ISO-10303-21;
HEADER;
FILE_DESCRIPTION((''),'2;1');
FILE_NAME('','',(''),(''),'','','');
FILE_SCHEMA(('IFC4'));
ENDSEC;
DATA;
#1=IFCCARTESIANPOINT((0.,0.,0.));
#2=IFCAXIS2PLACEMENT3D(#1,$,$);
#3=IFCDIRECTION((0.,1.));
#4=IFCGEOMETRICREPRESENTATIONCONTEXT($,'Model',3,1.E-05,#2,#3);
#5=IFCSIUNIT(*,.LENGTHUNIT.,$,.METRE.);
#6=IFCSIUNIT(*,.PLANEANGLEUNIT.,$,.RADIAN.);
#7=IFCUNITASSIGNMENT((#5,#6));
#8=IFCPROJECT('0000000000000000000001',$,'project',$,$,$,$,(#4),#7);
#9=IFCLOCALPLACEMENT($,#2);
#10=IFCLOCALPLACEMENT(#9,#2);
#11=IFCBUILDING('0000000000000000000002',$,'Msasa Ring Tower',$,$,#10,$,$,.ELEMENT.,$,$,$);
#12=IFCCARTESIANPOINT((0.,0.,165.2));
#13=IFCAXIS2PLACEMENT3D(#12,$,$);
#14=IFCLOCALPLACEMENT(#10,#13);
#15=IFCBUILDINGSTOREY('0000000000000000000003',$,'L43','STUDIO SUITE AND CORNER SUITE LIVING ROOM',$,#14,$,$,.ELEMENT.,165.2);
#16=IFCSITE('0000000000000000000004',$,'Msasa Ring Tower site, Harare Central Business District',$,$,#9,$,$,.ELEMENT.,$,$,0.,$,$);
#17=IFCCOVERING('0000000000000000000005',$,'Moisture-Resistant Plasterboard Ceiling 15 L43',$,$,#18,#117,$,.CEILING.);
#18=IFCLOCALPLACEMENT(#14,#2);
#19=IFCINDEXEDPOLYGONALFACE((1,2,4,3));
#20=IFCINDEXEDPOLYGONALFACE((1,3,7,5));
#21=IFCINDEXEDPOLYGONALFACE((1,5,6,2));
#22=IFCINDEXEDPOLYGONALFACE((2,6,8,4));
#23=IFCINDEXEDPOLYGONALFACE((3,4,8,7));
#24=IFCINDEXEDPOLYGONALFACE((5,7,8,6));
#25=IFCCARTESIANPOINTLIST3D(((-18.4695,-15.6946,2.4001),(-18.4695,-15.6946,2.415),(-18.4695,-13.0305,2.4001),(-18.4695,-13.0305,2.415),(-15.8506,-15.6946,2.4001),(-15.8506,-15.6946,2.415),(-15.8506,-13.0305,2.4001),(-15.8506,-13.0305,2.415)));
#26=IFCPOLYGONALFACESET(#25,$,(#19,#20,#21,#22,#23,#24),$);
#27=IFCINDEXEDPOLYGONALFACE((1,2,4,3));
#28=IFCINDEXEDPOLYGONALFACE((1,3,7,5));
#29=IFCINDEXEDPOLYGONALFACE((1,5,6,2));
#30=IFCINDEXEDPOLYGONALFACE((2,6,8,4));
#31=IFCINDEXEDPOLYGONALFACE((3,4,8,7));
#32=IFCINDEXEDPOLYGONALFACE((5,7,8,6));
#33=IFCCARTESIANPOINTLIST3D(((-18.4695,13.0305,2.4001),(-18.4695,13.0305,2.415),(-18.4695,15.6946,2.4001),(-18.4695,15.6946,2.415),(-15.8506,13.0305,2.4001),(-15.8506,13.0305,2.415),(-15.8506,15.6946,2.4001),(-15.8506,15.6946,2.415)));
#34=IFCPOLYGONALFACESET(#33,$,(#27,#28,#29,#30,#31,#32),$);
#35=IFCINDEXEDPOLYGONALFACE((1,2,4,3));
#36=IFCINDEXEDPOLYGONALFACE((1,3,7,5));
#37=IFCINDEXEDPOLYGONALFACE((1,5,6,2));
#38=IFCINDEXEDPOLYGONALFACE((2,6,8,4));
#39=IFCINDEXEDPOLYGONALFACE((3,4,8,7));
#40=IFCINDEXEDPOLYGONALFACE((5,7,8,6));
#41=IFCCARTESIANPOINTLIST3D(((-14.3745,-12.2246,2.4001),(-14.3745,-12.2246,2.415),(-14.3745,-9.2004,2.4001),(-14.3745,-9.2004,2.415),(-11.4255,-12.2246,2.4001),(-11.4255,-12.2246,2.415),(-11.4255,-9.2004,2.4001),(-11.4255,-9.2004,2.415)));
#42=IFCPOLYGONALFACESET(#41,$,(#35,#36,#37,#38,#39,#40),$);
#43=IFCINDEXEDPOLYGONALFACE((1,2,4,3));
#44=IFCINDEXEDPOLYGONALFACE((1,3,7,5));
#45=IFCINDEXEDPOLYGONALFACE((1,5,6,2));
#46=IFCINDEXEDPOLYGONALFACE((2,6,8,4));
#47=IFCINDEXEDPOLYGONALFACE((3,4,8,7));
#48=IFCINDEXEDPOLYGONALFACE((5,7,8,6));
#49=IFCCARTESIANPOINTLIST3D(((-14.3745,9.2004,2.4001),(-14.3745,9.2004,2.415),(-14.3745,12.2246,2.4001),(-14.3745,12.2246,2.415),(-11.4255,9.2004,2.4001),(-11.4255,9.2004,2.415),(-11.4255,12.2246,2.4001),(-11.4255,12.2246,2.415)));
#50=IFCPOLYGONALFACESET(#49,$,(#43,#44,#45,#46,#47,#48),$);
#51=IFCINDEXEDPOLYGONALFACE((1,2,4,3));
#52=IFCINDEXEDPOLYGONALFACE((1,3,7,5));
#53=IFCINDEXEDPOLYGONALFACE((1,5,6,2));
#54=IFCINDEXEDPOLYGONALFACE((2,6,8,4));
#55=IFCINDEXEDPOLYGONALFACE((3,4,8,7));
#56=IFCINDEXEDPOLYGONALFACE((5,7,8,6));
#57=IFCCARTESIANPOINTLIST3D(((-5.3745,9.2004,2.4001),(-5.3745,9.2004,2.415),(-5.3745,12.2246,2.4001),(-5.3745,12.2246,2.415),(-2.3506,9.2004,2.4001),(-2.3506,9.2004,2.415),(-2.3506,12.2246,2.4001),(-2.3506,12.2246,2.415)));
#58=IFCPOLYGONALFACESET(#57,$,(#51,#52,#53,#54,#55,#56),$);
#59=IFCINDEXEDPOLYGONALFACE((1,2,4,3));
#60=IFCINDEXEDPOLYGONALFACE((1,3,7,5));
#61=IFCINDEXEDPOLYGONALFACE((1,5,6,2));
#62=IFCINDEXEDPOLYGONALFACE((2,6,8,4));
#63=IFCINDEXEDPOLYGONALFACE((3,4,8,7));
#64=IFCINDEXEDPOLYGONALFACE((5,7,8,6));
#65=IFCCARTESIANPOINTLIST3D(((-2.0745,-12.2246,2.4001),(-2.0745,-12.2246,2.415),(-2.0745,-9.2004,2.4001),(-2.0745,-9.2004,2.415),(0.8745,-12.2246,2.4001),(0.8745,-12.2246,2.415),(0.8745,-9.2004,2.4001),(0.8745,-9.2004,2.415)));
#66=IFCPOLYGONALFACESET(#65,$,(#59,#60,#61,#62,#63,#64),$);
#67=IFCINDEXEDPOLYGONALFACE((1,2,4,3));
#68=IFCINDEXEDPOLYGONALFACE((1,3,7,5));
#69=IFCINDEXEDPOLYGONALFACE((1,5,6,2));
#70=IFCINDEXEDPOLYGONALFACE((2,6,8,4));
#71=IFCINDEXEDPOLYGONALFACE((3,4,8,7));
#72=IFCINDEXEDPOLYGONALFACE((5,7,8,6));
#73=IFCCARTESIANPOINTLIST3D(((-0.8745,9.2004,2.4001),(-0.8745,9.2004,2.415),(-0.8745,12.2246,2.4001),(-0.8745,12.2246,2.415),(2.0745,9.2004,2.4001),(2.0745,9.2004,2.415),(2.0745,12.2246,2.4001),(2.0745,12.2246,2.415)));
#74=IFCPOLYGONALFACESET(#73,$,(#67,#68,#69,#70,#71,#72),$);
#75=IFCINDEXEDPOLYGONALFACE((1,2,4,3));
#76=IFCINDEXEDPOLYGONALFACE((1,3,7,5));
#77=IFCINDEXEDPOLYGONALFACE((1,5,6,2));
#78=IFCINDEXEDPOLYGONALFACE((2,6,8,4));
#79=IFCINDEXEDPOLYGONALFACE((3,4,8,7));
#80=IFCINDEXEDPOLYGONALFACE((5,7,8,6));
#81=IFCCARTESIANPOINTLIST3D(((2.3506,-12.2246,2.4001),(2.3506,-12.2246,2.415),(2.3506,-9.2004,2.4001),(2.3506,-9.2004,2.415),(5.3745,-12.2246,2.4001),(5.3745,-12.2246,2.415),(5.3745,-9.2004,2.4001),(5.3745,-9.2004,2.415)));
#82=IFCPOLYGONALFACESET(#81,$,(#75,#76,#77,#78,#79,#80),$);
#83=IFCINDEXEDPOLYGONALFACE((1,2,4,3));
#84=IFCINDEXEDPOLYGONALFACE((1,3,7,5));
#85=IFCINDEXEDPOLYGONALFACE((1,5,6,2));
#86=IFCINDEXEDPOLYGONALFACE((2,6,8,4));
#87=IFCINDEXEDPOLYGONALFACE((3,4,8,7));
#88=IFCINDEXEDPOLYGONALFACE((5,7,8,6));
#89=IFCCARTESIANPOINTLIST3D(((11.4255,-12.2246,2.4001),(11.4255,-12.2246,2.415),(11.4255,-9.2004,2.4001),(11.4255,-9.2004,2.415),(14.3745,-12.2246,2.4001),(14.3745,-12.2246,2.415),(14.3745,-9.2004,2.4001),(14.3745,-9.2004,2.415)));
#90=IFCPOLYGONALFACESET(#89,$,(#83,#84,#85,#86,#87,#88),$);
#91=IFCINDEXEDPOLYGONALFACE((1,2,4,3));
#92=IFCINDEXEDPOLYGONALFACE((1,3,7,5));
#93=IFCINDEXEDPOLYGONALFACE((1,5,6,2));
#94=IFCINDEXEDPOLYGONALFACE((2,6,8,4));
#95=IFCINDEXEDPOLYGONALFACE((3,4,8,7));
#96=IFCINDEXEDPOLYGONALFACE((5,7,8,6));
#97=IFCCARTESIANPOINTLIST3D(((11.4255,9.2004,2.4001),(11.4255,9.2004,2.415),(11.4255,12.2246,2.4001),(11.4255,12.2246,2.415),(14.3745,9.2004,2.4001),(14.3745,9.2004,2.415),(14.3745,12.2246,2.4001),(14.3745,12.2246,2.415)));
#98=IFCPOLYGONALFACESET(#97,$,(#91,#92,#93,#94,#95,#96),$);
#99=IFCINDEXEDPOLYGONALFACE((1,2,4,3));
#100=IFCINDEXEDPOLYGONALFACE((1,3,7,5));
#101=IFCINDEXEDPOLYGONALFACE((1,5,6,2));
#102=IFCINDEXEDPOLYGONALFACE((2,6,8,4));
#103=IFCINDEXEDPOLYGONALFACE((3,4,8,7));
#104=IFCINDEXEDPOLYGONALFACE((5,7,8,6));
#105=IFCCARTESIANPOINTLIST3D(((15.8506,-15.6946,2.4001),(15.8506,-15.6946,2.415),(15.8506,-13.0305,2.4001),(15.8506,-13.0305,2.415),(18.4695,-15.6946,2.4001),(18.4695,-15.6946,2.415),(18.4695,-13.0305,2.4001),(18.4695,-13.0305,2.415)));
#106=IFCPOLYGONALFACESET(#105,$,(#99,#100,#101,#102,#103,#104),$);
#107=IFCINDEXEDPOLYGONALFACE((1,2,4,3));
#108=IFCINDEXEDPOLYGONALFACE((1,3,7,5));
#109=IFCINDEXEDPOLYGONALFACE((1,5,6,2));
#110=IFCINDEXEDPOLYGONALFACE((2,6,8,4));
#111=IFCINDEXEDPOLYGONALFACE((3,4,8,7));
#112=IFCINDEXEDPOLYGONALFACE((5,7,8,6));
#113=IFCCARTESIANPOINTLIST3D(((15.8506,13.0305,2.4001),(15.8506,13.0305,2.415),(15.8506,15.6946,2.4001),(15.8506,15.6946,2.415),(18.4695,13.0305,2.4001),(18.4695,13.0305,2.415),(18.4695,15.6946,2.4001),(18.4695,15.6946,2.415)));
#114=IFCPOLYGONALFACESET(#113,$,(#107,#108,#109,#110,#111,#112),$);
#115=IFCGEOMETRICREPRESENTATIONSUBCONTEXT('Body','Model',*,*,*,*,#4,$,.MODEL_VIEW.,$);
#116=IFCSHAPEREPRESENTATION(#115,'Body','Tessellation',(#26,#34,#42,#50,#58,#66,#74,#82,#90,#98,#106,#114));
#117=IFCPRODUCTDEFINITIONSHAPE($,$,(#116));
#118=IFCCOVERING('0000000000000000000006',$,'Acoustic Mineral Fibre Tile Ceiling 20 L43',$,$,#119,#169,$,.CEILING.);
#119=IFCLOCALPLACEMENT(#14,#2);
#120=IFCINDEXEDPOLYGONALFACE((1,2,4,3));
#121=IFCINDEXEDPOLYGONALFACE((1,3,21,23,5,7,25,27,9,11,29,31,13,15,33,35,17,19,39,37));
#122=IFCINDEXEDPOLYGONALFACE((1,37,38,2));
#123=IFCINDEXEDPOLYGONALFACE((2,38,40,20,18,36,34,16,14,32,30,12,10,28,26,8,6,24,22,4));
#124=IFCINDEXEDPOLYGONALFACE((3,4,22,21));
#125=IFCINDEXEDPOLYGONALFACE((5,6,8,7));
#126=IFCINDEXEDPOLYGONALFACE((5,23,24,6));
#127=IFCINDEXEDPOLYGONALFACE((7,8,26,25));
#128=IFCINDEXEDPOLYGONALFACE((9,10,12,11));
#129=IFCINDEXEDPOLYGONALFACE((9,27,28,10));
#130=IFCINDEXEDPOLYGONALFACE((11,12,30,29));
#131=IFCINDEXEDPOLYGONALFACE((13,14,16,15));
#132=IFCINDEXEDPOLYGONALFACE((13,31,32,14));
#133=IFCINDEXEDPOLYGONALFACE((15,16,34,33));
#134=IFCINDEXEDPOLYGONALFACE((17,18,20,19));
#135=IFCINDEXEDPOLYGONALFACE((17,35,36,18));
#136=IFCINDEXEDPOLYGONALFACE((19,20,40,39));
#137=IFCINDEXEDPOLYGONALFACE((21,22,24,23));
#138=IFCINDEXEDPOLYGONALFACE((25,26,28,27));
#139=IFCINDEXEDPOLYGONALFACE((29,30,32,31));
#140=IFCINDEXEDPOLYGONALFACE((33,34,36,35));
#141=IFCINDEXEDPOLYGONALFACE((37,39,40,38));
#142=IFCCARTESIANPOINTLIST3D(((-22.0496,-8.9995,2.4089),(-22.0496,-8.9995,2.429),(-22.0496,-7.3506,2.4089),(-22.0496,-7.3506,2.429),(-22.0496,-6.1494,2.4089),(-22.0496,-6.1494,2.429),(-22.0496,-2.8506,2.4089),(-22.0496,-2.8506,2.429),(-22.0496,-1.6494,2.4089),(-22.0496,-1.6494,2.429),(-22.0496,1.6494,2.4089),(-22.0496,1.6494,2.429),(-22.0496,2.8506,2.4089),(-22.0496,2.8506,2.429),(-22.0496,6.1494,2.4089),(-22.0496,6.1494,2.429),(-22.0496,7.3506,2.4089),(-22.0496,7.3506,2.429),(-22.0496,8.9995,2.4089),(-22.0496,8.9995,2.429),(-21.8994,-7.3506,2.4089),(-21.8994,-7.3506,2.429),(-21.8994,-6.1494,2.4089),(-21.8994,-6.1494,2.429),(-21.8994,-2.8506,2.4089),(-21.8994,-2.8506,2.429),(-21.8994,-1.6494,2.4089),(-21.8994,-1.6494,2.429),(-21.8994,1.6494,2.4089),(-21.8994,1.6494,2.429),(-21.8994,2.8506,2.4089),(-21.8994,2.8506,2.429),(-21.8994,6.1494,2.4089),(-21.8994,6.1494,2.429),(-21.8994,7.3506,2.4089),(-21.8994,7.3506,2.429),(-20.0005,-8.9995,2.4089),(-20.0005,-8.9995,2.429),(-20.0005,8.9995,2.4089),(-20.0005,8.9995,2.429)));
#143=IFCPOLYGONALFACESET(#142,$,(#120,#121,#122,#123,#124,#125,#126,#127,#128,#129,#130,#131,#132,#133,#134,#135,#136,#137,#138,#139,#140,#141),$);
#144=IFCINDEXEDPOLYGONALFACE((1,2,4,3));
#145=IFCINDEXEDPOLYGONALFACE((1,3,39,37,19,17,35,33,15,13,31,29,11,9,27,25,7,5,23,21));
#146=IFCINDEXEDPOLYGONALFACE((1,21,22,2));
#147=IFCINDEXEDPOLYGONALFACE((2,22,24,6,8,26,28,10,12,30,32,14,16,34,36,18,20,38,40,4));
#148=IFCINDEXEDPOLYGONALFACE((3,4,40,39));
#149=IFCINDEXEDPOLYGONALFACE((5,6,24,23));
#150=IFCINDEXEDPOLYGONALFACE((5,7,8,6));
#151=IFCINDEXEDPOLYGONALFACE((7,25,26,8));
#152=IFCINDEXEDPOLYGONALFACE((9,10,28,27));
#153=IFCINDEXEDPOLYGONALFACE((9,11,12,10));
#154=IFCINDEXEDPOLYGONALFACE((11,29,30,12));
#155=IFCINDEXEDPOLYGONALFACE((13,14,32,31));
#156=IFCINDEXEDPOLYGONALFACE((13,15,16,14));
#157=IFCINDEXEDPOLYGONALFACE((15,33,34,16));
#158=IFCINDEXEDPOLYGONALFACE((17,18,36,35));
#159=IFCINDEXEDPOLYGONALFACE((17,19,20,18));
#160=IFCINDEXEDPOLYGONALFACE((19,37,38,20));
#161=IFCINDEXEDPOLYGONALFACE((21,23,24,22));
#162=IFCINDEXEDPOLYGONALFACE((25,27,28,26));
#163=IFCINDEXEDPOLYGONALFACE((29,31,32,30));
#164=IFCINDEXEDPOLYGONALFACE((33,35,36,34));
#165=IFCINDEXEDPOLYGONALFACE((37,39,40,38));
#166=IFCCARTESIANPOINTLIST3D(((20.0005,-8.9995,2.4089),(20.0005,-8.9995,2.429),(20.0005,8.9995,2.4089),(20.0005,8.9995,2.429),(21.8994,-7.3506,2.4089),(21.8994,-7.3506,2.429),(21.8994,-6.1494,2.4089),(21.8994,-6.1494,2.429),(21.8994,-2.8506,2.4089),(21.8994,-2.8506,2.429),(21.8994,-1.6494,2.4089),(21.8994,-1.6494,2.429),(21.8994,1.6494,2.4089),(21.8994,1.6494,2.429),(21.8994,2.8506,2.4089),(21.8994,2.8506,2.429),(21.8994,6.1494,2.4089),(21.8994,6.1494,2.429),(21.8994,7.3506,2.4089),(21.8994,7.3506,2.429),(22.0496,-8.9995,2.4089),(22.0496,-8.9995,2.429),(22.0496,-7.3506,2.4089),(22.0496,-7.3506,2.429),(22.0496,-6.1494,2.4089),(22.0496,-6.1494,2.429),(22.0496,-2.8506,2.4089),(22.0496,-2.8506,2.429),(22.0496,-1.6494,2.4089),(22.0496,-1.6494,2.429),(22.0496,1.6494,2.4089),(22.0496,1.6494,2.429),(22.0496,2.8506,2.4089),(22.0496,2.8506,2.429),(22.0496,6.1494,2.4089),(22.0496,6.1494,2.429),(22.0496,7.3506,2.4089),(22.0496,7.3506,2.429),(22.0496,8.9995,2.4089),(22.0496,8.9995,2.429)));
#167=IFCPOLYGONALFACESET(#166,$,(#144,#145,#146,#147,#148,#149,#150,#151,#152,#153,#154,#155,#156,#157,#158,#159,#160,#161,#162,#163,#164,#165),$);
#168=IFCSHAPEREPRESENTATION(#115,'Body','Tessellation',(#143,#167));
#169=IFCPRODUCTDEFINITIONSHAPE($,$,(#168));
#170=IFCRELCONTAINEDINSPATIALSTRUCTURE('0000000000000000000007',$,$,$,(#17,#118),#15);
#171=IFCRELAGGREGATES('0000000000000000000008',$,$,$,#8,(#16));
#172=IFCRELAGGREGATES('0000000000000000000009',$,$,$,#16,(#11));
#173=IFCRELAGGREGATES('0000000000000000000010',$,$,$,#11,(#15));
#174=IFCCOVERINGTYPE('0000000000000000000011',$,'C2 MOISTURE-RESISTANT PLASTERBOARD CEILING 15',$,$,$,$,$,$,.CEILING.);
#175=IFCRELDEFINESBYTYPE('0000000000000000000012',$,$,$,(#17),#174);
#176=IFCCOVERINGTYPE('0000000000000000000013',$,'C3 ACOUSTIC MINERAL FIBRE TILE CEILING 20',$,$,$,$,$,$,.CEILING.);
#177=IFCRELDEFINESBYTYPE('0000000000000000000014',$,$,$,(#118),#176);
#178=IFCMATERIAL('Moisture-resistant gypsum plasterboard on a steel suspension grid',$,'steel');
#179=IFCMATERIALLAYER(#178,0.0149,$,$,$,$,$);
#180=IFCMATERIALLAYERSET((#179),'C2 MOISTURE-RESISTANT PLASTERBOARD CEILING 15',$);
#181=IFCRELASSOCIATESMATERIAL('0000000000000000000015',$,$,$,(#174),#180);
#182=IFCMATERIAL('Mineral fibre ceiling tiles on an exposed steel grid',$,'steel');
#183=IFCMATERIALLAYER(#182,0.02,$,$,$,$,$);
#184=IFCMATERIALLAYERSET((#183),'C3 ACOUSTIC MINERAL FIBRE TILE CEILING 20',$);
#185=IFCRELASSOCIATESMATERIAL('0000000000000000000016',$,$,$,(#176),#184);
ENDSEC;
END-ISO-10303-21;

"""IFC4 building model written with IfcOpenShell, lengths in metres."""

from ifc_helpers import new_model, si_unit, direction, frame, origin, place, context, subcontext, project, spatial, line, indexed_curve, outline, extrude, material, layer, layer_set, type_object, element, save


model = new_model("IFC4")

# Units and contexts
model_context = context("Model", 3, precision=1e-05, world=origin(), true_north=direction((0.0, 1.0)))
body_context = subcontext(model_context, "Body", "Model", "MODEL_VIEW")
ifc_project = project(units=[si_unit("LENGTHUNIT", "METRE"), si_unit("PLANEANGLEUNIT", "RADIAN")], contexts=[model_context])

# Site, building, storey
site_placement = place(None, origin())
site = spatial("IfcSite", under=ifc_project, at=site_placement, Name="Msasa Ring Tower site, Harare Central Business District", CompositionType="ELEMENT", RefElevation=0.0)
building_placement = place(site_placement, origin())
building = spatial("IfcBuilding", under=site, at=building_placement, Name="Msasa Ring Tower", CompositionType="ELEMENT")
storey_placement = place(building_placement, frame((0.0, 0.0, 165.2)))
storey = spatial("IfcBuildingStorey", under=building, at=storey_placement, Name="L43", Description="STUDIO SUITE AND CORNER SUITE LIVING ROOM", CompositionType="ELEMENT", Elevation=165.2)

# Coverings
ifc_material_1 = material(Name="Moisture-resistant gypsum plasterboard on a steel suspension grid", Category="steel")
ifc_layer_1 = layer(ifc_material_1, 0.0149)
ifc_layer_set_1 = layer_set([ifc_layer_1], Name="C2 MOISTURE-RESISTANT PLASTERBOARD CEILING 15")
covering_type_1 = type_object("IfcCoveringType", Name="C2 MOISTURE-RESISTANT PLASTERBOARD CEILING 15", PredefinedType="CEILING", material=ifc_layer_set_1)
covering_1_placement = place(storey_placement, frame((0.0, 0.0, 2.4001)))
element("IfcCovering", 1, at=covering_1_placement, inside=storey, type_object=covering_type_1, Name="Moisture-Resistant Plasterboard Ceiling 15 L43", PredefinedType="CEILING", context=body_context, shape_type="SweptSolid", body=[
    extrude(outline(indexed_curve([(-18.4695, -15.6946), (-18.4695, -13.0305), (-15.8506, -13.0305), (-15.8506, -15.6946)], segments=[line(1, 2, 3, 4, 1)], self_intersect=False)), origin(), (0.0, 0.0, 1.0), 0.0149),
    extrude(outline(indexed_curve([(-18.4695, 15.6946), (-15.8506, 15.6946), (-15.8506, 13.0305), (-18.4695, 13.0305)], segments=[line(1, 2, 3, 4, 1)], self_intersect=False)), origin(), (0.0, 0.0, 1.0), 0.0149),
    extrude(outline(indexed_curve([(-11.4255, -9.2004), (-11.4255, -12.2246), (-14.3745, -12.2246), (-14.3745, -9.2004)], segments=[line(1, 2, 3, 4, 1)], self_intersect=False)), origin(), (0.0, 0.0, 1.0), 0.0149),
    extrude(outline(indexed_curve([(-14.3745, 9.2004), (-14.3745, 12.2246), (-11.4255, 12.2246), (-11.4255, 9.2004)], segments=[line(1, 2, 3, 4, 1)], self_intersect=False)), origin(), (0.0, 0.0, 1.0), 0.0149),
    extrude(outline(indexed_curve([(-2.3506, 9.2004), (-5.3745, 9.2004), (-5.3745, 12.2246), (-2.3506, 12.2246)], segments=[line(1, 2, 3, 4, 1)], self_intersect=False)), origin(), (0.0, 0.0, 1.0), 0.0149),
    extrude(outline(indexed_curve([(0.8745, -9.2004), (0.8745, -12.2246), (-2.0745, -12.2246), (-2.0745, -9.2004)], segments=[line(1, 2, 3, 4, 1)], self_intersect=False)), origin(), (0.0, 0.0, 1.0), 0.0149),
    extrude(outline(indexed_curve([(-0.8745, 9.2004), (-0.8745, 12.2246), (2.0745, 12.2246), (2.0745, 9.2004)], segments=[line(1, 2, 3, 4, 1)], self_intersect=False)), origin(), (0.0, 0.0, 1.0), 0.0149),
    extrude(outline(indexed_curve([(2.3506, -9.2004), (5.3745, -9.2004), (5.3745, -12.2246), (2.3506, -12.2246)], segments=[line(1, 2, 3, 4, 1)], self_intersect=False)), origin(), (0.0, 0.0, 1.0), 0.0149),
    extrude(outline(indexed_curve([(14.3745, -9.2004), (14.3745, -12.2246), (11.4255, -12.2246), (11.4255, -9.2004)], segments=[line(1, 2, 3, 4, 1)], self_intersect=False)), origin(), (0.0, 0.0, 1.0), 0.0149),
    extrude(outline(indexed_curve([(11.4255, 9.2004), (11.4255, 12.2246), (14.3745, 12.2246), (14.3745, 9.2004)], segments=[line(1, 2, 3, 4, 1)], self_intersect=False)), origin(), (0.0, 0.0, 1.0), 0.0149),
    extrude(outline(indexed_curve([(15.8506, -15.6946), (15.8506, -13.0305), (18.4695, -13.0305), (18.4695, -15.6946)], segments=[line(1, 2, 3, 4, 1)], self_intersect=False)), origin(), (0.0, 0.0, 1.0), 0.0149),
    extrude(outline(indexed_curve([(15.8506, 15.6946), (18.4695, 15.6946), (18.4695, 13.0305), (15.8506, 13.0305)], segments=[line(1, 2, 3, 4, 1)], self_intersect=False)), origin(), (0.0, 0.0, 1.0), 0.0149),
])
ifc_material_2 = material(Name="Mineral fibre ceiling tiles on an exposed steel grid", Category="steel")
ifc_layer_2 = layer(ifc_material_2, 0.02)
ifc_layer_set_2 = layer_set([ifc_layer_2], Name="C3 ACOUSTIC MINERAL FIBRE TILE CEILING 20")
covering_type_2 = type_object("IfcCoveringType", Name="C3 ACOUSTIC MINERAL FIBRE TILE CEILING 20", PredefinedType="CEILING", material=ifc_layer_set_2)
covering_2_placement = place(storey_placement, frame((0.0, 0.0, 2.4089)))
element("IfcCovering", 2, at=covering_2_placement, inside=storey, type_object=covering_type_2, Name="Acoustic Mineral Fibre Tile Ceiling 20 L43", PredefinedType="CEILING", context=body_context, shape_type="SweptSolid", body=[
    extrude(outline(indexed_curve([(-22.0496, -8.9995), (-22.0496, -7.3506), (-21.8994, -7.3506), (-21.8994, -6.1494), (-22.0496, -6.1494), (-22.0496, -2.8506), (-21.8994, -2.8506), (-21.8994, -1.6494), (-22.0496, -1.6494), (-22.0496, 1.6494), (-21.8994, 1.6494), (-21.8994, 2.8506), (-22.0496, 2.8506), (-22.0496, 6.1494), (-21.8994, 6.1494), (-21.8994, 7.3506), (-22.0496, 7.3506), (-22.0496, 8.9995), (-20.0005, 8.9995), (-20.0005, -8.9995)], segments=[line(1, 2, 3, 4, 5, 6, 7, 8, 9, 10, 11, 12, 13, 14, 15, 16, 17, 18, 19, 20, 1)], self_intersect=False)), origin(), (0.0, 0.0, 1.0), 0.02),
    extrude(outline(indexed_curve([(20.0005, 8.9995), (22.0496, 8.9995), (22.0496, 7.3506), (21.8994, 7.3506), (21.8994, 6.1494), (22.0496, 6.1494), (22.0496, 2.8506), (21.8994, 2.8506), (21.8994, 1.6494), (22.0496, 1.6494), (22.0496, -1.6494), (21.8994, -1.6494), (21.8994, -2.8506), (22.0496, -2.8506), (22.0496, -6.1494), (21.8994, -6.1494), (21.8994, -7.3506), (22.0496, -7.3506), (22.0496, -8.9995), (20.0005, -8.9995)], segments=[line(1, 2, 3, 4, 5, 6, 7, 8, 9, 10, 11, 12, 13, 14, 15, 16, 17, 18, 19, 20, 1)], self_intersect=False)), origin(), (0.0, 0.0, 1.0), 0.02),
])

save(model, "model.ifc")
